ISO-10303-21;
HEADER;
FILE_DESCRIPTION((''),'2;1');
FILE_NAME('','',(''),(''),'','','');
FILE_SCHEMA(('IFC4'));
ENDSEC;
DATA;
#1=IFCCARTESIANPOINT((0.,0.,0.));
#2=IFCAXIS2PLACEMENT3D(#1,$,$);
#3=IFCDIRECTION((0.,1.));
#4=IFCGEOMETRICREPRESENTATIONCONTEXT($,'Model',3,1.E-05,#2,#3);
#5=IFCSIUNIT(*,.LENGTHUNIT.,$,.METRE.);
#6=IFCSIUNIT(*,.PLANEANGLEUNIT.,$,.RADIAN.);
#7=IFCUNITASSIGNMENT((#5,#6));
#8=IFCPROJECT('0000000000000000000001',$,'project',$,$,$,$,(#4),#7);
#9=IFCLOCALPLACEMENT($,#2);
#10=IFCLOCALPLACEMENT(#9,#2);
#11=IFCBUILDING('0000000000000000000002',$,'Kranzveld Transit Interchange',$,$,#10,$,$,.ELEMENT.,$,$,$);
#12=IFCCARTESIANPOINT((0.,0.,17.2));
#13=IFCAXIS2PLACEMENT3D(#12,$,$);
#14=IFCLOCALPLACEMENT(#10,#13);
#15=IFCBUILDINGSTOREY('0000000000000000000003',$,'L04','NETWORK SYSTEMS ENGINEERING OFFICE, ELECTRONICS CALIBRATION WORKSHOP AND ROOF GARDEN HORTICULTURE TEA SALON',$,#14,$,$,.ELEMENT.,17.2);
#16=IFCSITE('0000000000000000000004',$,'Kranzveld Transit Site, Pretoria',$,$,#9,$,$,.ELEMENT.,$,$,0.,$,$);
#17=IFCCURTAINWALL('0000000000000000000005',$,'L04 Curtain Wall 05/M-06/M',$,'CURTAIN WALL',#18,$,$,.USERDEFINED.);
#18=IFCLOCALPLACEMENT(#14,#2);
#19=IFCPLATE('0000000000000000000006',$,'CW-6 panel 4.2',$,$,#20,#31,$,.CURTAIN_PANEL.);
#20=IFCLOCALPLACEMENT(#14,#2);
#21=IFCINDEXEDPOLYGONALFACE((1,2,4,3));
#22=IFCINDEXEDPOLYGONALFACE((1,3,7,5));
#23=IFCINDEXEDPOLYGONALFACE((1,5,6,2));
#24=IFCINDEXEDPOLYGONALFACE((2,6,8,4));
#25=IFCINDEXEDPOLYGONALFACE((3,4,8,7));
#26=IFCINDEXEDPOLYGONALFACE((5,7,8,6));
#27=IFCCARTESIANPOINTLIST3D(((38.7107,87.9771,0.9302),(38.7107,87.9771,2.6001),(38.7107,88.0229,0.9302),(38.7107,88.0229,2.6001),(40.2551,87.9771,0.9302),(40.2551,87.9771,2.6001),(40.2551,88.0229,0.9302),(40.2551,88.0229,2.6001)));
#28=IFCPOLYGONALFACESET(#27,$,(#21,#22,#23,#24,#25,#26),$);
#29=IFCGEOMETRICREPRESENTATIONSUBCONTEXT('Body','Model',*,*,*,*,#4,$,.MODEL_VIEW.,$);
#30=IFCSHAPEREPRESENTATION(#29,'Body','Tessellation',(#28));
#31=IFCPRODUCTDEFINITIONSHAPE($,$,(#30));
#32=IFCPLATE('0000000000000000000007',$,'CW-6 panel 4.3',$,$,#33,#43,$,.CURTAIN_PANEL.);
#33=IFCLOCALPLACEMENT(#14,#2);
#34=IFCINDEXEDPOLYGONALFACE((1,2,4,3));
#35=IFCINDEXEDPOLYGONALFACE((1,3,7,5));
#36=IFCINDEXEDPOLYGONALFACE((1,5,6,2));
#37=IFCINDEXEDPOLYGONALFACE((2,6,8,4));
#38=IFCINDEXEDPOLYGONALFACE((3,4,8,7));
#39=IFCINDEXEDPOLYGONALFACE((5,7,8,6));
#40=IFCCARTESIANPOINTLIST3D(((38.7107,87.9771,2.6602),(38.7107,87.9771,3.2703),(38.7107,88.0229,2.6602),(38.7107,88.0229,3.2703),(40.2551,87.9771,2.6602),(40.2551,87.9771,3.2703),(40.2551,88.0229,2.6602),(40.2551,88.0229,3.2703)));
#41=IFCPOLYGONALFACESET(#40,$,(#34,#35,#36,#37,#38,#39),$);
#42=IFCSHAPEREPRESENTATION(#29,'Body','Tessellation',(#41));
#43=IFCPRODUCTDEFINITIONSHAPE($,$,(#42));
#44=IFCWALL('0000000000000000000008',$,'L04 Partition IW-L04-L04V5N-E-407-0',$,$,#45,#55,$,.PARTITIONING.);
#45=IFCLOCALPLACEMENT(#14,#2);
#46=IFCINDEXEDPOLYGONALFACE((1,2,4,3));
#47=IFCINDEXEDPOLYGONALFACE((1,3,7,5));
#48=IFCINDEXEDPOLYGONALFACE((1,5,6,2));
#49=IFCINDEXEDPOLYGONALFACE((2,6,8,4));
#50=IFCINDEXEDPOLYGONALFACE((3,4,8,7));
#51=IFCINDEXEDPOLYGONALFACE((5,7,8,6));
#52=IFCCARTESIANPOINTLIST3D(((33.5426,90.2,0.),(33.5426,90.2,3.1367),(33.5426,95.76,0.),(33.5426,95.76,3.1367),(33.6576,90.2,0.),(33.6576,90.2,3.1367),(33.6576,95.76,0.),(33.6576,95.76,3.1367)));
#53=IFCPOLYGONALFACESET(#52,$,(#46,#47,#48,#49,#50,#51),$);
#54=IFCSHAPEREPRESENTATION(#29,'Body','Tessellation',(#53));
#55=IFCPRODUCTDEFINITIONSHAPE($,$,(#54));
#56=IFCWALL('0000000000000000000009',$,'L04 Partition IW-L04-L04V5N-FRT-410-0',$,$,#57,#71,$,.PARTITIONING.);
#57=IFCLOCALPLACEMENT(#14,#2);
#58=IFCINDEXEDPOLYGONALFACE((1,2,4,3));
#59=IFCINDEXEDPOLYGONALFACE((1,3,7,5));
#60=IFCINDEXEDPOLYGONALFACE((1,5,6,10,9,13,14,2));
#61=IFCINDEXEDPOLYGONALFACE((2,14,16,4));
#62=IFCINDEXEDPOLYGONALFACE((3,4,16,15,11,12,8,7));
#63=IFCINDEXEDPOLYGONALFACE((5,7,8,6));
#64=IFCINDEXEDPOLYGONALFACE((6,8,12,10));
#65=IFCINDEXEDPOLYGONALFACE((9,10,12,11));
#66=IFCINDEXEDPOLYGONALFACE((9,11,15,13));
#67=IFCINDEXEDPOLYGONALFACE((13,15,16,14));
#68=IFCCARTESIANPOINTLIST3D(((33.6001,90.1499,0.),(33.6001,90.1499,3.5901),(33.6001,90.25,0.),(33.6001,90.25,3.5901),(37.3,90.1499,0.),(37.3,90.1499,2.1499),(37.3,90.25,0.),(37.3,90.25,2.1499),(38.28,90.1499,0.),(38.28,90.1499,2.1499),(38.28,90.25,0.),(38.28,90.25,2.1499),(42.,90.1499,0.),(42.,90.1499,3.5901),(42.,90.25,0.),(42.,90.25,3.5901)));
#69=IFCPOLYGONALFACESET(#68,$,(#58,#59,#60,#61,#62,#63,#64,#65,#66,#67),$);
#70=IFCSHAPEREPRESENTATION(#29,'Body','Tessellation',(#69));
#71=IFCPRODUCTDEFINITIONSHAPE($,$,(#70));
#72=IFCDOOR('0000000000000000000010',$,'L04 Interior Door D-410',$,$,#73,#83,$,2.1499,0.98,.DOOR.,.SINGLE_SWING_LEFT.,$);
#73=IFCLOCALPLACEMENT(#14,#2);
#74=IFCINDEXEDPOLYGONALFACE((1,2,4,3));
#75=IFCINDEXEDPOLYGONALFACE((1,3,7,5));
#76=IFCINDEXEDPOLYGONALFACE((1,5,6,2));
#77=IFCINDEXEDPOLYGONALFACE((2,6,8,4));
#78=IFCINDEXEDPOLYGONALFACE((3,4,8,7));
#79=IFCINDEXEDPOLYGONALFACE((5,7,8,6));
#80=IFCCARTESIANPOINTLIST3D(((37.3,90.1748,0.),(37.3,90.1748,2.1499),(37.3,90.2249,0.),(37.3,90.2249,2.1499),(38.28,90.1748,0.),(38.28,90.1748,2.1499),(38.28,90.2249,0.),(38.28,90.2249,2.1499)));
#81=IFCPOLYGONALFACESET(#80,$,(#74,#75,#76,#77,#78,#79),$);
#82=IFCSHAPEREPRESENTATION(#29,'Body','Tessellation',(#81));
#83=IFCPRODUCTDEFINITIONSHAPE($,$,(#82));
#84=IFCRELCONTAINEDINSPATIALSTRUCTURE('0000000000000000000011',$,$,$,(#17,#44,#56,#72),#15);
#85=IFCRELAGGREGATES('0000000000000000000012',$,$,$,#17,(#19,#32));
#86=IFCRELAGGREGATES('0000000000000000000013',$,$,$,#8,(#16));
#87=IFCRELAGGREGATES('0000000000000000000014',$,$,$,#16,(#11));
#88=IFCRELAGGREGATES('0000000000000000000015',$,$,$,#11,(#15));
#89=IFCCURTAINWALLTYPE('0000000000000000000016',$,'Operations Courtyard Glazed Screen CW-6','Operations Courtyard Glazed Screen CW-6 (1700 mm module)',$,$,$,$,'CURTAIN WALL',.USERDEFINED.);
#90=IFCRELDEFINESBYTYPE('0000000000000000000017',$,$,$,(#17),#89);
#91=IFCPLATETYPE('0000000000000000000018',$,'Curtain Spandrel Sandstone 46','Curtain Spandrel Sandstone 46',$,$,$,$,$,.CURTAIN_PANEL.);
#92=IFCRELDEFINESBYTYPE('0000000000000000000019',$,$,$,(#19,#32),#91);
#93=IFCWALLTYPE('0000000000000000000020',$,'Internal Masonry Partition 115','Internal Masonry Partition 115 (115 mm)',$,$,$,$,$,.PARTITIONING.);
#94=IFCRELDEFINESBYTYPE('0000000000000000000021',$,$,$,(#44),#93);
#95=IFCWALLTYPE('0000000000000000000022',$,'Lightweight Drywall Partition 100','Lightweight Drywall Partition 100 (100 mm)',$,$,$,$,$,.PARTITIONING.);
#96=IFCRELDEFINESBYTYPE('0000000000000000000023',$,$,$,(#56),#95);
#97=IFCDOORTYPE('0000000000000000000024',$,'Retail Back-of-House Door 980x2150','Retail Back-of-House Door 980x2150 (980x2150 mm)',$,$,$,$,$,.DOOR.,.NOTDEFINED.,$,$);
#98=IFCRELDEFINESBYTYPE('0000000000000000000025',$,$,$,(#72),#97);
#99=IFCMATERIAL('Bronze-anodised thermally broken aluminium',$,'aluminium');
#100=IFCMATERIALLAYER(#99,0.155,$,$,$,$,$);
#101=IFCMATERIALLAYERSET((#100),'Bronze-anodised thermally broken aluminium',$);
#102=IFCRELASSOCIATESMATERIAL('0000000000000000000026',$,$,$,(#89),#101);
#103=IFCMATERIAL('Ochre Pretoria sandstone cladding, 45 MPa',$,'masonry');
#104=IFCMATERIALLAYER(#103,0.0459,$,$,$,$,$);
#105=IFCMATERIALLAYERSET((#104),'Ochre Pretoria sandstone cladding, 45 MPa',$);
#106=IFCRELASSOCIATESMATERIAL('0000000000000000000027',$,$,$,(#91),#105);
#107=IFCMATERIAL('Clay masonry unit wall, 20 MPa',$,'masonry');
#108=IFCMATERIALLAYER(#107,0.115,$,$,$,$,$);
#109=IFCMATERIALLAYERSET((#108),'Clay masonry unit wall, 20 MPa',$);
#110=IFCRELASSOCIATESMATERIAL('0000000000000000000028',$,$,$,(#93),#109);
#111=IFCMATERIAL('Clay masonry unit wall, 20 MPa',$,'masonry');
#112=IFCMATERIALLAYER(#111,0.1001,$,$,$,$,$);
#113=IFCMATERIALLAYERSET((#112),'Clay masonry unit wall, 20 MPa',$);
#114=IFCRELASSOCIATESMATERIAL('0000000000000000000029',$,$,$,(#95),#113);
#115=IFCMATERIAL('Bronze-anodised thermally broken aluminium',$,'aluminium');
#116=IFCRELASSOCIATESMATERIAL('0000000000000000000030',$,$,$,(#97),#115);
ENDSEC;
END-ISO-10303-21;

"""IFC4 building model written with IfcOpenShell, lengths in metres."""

from ifc_helpers import new_model, si_unit, direction, frame, frame_2d, origin, origin_2d, place, context, subcontext, project, spatial, rectangle, extrude, material, layer, layer_set, type_object, element, fill, aggregate, save


model = new_model("IFC4")

# Units and contexts
model_context = context("Model", 3, precision=1e-05, world=origin(), true_north=direction((0.0, 1.0)))
body_context = subcontext(model_context, "Body", "Model", "MODEL_VIEW")
ifc_project = project(units=[si_unit("LENGTHUNIT", "METRE"), si_unit("PLANEANGLEUNIT", "RADIAN")], contexts=[model_context])

# Site, building, storey
site_placement = place(None, origin())
site = spatial("IfcSite", under=ifc_project, at=site_placement, Name="Kranzveld Transit Site, Pretoria", CompositionType="ELEMENT", RefElevation=0.0)
building_placement = place(site_placement, origin())
building = spatial("IfcBuilding", under=site, at=building_placement, Name="Kranzveld Transit Interchange", CompositionType="ELEMENT")
storey_placement = place(building_placement, frame((0.0, 0.0, 17.2)))
storey = spatial("IfcBuildingStorey", under=building, at=storey_placement, Name="L04", Description="NETWORK SYSTEMS ENGINEERING OFFICE, ELECTRONICS CALIBRATION WORKSHOP AND ROOF GARDEN HORTICULTURE TEA SALON", CompositionType="ELEMENT", Elevation=17.2)

# Curtain wall
ifc_material_1 = material(Name="Bronze-anodised thermally broken aluminium", Category="aluminium")
ifc_layer_1 = layer(ifc_material_1, 0.155)
ifc_layer_set_1 = layer_set([ifc_layer_1], Name="Bronze-anodised thermally broken aluminium")
curtain_wall_type = type_object("IfcCurtainWallType", Name="Operations Courtyard Glazed Screen CW-6", Description="Operations Courtyard Glazed Screen CW-6 (1700 mm module)", ElementType="CURTAIN WALL", PredefinedType="USERDEFINED", material=ifc_layer_set_1)
curtain_wall_placement = place(storey_placement, origin())
curtain_wall = element("IfcCurtainWall", 1, at=curtain_wall_placement, inside=storey, type_object=curtain_wall_type, Name="L04 Curtain Wall 05/M-06/M", ObjectType="CURTAIN WALL", PredefinedType="USERDEFINED")

# Plates
ifc_material_2 = material(Name="Ochre Pretoria sandstone cladding, 45 MPa", Category="masonry")
ifc_layer_2 = layer(ifc_material_2, 0.0459)
ifc_layer_set_2 = layer_set([ifc_layer_2], Name="Ochre Pretoria sandstone cladding, 45 MPa")
plate_type = type_object("IfcPlateType", Name="Curtain Spandrel Sandstone 46", Description="Curtain Spandrel Sandstone 46", PredefinedType="CURTAIN_PANEL", material=ifc_layer_set_2)
plate_1_placement = place(storey_placement, frame((39.4829, 88.0, 0.9302), z_axis=(0.0, 0.0, 1.0), x_axis=(1.0, 0.0, 0.0)))
plate_1 = element("IfcPlate", 2, at=plate_1_placement, type_object=plate_type, Name="CW-6 panel 4.2", PredefinedType="CURTAIN_PANEL", context=body_context, shape_type="SweptSolid", body=[
    extrude(rectangle(XDim=1.5444, YDim=0.0459, at=origin_2d()), origin(), (0.0, 0.0, 1.0), 1.6699),
])
plate_2_placement = place(storey_placement, frame((39.4829, 88.0, 2.6602), z_axis=(0.0, 0.0, 1.0), x_axis=(1.0, 0.0, 0.0)))
plate_2 = element("IfcPlate", 3, at=plate_2_placement, type_object=plate_type, Name="CW-6 panel 4.3", PredefinedType="CURTAIN_PANEL", context=body_context, shape_type="SweptSolid", body=[
    extrude(rectangle(XDim=1.5444, YDim=0.0459, at=origin_2d()), origin(), (0.0, 0.0, 1.0), 0.6101),
])
aggregate(curtain_wall, [plate_1, plate_2])

# Wall
ifc_material_3 = material(Name="Clay masonry unit wall, 20 MPa", Category="masonry")
ifc_layer_3 = layer(ifc_material_3, 0.115)
ifc_layer_set_3 = layer_set([ifc_layer_3], Name="Clay masonry unit wall, 20 MPa")
wall_type_1 = type_object("IfcWallType", Name="Internal Masonry Partition 115", Description="Internal Masonry Partition 115 (115 mm)", PredefinedType="PARTITIONING", material=ifc_layer_set_3)
wall_1_placement = place(storey_placement, frame((33.6001, 90.2, 0.0), z_axis=(0.0, 0.0, 1.0), x_axis=(0.0, 1.0, 0.0)))
element("IfcWall", 4, at=wall_1_placement, inside=storey, type_object=wall_type_1, Name="L04 Partition IW-L04-L04V5N-E-407-0", PredefinedType="PARTITIONING", context=body_context, shape_type="SweptSolid", body=[
    extrude(rectangle(XDim=5.5601, YDim=0.115, at=frame_2d((2.78, 0.0))), origin(), (0.0, 0.0, 1.0), 3.1367),
])

# Wall, opening, door
ifc_material_4 = material(Name="Clay masonry unit wall, 20 MPa", Category="masonry")
ifc_layer_4 = layer(ifc_material_4, 0.1001)
ifc_layer_set_4 = layer_set([ifc_layer_4], Name="Clay masonry unit wall, 20 MPa")
wall_type_2 = type_object("IfcWallType", Name="Lightweight Drywall Partition 100", Description="Lightweight Drywall Partition 100 (100 mm)", PredefinedType="PARTITIONING", material=ifc_layer_set_4)
wall_2_placement = place(storey_placement, frame((33.6001, 90.2, 0.0), z_axis=(0.0, 0.0, 1.0), x_axis=(1.0, 0.0, 0.0)))
wall_2 = element("IfcWall", 5, at=wall_2_placement, inside=storey, type_object=wall_type_2, Name="L04 Partition IW-L04-L04V5N-FRT-410-0", PredefinedType="PARTITIONING", context=body_context, shape_type="SweptSolid", body=[
    extrude(rectangle(XDim=8.3999, YDim=0.1001, at=frame_2d((4.2, 0.0))), origin(), (0.0, 0.0, 1.0), 3.5901),
])
opening_placement = place(wall_2_placement, frame((3.7, 0.0, 0.0), z_axis=(0.0, 0.0, 1.0), x_axis=(1.0, 0.0, 0.0)))
opening = element("IfcOpeningElement", 6, at=opening_placement, cuts=wall_2, PredefinedType="OPENING", context=body_context, shape_type="SweptSolid", body=[
    extrude(rectangle(XDim=0.98, YDim=2.1499, at=frame_2d((0.49, 1.075))), frame((0.0, 0.0601, 0.0), z_axis=(0.0, -1.0, 0.0), x_axis=(1.0, 0.0, 0.0)), (0.0, 0.0, 1.0), 0.1201),
])
ifc_material_5 = material(Name="Bronze-anodised thermally broken aluminium", Category="aluminium")
door_type = type_object("IfcDoorType", Name="Retail Back-of-House Door 980x2150", Description="Retail Back-of-House Door 980x2150 (980x2150 mm)", OperationType="NOTDEFINED", PredefinedType="DOOR", material=ifc_material_5)
door_placement = place(opening_placement, origin())
door = element("IfcDoor", 7, at=door_placement, inside=storey, type_object=door_type, Name="L04 Interior Door D-410", OperationType="SINGLE_SWING_LEFT", OverallHeight=2.1499, OverallWidth=0.98, PredefinedType="DOOR", context=body_context, shape_type="SweptSolid", body=[
    extrude(rectangle(XDim=0.98, YDim=2.1499, at=frame_2d((0.49, 1.075))), frame((0.0, 0.0249, 0.0), z_axis=(0.0, -1.0, 0.0), x_axis=(1.0, 0.0, 0.0)), (0.0, 0.0, 1.0), 0.05),
])
fill(opening, door)

save(model, "model.ifc")
